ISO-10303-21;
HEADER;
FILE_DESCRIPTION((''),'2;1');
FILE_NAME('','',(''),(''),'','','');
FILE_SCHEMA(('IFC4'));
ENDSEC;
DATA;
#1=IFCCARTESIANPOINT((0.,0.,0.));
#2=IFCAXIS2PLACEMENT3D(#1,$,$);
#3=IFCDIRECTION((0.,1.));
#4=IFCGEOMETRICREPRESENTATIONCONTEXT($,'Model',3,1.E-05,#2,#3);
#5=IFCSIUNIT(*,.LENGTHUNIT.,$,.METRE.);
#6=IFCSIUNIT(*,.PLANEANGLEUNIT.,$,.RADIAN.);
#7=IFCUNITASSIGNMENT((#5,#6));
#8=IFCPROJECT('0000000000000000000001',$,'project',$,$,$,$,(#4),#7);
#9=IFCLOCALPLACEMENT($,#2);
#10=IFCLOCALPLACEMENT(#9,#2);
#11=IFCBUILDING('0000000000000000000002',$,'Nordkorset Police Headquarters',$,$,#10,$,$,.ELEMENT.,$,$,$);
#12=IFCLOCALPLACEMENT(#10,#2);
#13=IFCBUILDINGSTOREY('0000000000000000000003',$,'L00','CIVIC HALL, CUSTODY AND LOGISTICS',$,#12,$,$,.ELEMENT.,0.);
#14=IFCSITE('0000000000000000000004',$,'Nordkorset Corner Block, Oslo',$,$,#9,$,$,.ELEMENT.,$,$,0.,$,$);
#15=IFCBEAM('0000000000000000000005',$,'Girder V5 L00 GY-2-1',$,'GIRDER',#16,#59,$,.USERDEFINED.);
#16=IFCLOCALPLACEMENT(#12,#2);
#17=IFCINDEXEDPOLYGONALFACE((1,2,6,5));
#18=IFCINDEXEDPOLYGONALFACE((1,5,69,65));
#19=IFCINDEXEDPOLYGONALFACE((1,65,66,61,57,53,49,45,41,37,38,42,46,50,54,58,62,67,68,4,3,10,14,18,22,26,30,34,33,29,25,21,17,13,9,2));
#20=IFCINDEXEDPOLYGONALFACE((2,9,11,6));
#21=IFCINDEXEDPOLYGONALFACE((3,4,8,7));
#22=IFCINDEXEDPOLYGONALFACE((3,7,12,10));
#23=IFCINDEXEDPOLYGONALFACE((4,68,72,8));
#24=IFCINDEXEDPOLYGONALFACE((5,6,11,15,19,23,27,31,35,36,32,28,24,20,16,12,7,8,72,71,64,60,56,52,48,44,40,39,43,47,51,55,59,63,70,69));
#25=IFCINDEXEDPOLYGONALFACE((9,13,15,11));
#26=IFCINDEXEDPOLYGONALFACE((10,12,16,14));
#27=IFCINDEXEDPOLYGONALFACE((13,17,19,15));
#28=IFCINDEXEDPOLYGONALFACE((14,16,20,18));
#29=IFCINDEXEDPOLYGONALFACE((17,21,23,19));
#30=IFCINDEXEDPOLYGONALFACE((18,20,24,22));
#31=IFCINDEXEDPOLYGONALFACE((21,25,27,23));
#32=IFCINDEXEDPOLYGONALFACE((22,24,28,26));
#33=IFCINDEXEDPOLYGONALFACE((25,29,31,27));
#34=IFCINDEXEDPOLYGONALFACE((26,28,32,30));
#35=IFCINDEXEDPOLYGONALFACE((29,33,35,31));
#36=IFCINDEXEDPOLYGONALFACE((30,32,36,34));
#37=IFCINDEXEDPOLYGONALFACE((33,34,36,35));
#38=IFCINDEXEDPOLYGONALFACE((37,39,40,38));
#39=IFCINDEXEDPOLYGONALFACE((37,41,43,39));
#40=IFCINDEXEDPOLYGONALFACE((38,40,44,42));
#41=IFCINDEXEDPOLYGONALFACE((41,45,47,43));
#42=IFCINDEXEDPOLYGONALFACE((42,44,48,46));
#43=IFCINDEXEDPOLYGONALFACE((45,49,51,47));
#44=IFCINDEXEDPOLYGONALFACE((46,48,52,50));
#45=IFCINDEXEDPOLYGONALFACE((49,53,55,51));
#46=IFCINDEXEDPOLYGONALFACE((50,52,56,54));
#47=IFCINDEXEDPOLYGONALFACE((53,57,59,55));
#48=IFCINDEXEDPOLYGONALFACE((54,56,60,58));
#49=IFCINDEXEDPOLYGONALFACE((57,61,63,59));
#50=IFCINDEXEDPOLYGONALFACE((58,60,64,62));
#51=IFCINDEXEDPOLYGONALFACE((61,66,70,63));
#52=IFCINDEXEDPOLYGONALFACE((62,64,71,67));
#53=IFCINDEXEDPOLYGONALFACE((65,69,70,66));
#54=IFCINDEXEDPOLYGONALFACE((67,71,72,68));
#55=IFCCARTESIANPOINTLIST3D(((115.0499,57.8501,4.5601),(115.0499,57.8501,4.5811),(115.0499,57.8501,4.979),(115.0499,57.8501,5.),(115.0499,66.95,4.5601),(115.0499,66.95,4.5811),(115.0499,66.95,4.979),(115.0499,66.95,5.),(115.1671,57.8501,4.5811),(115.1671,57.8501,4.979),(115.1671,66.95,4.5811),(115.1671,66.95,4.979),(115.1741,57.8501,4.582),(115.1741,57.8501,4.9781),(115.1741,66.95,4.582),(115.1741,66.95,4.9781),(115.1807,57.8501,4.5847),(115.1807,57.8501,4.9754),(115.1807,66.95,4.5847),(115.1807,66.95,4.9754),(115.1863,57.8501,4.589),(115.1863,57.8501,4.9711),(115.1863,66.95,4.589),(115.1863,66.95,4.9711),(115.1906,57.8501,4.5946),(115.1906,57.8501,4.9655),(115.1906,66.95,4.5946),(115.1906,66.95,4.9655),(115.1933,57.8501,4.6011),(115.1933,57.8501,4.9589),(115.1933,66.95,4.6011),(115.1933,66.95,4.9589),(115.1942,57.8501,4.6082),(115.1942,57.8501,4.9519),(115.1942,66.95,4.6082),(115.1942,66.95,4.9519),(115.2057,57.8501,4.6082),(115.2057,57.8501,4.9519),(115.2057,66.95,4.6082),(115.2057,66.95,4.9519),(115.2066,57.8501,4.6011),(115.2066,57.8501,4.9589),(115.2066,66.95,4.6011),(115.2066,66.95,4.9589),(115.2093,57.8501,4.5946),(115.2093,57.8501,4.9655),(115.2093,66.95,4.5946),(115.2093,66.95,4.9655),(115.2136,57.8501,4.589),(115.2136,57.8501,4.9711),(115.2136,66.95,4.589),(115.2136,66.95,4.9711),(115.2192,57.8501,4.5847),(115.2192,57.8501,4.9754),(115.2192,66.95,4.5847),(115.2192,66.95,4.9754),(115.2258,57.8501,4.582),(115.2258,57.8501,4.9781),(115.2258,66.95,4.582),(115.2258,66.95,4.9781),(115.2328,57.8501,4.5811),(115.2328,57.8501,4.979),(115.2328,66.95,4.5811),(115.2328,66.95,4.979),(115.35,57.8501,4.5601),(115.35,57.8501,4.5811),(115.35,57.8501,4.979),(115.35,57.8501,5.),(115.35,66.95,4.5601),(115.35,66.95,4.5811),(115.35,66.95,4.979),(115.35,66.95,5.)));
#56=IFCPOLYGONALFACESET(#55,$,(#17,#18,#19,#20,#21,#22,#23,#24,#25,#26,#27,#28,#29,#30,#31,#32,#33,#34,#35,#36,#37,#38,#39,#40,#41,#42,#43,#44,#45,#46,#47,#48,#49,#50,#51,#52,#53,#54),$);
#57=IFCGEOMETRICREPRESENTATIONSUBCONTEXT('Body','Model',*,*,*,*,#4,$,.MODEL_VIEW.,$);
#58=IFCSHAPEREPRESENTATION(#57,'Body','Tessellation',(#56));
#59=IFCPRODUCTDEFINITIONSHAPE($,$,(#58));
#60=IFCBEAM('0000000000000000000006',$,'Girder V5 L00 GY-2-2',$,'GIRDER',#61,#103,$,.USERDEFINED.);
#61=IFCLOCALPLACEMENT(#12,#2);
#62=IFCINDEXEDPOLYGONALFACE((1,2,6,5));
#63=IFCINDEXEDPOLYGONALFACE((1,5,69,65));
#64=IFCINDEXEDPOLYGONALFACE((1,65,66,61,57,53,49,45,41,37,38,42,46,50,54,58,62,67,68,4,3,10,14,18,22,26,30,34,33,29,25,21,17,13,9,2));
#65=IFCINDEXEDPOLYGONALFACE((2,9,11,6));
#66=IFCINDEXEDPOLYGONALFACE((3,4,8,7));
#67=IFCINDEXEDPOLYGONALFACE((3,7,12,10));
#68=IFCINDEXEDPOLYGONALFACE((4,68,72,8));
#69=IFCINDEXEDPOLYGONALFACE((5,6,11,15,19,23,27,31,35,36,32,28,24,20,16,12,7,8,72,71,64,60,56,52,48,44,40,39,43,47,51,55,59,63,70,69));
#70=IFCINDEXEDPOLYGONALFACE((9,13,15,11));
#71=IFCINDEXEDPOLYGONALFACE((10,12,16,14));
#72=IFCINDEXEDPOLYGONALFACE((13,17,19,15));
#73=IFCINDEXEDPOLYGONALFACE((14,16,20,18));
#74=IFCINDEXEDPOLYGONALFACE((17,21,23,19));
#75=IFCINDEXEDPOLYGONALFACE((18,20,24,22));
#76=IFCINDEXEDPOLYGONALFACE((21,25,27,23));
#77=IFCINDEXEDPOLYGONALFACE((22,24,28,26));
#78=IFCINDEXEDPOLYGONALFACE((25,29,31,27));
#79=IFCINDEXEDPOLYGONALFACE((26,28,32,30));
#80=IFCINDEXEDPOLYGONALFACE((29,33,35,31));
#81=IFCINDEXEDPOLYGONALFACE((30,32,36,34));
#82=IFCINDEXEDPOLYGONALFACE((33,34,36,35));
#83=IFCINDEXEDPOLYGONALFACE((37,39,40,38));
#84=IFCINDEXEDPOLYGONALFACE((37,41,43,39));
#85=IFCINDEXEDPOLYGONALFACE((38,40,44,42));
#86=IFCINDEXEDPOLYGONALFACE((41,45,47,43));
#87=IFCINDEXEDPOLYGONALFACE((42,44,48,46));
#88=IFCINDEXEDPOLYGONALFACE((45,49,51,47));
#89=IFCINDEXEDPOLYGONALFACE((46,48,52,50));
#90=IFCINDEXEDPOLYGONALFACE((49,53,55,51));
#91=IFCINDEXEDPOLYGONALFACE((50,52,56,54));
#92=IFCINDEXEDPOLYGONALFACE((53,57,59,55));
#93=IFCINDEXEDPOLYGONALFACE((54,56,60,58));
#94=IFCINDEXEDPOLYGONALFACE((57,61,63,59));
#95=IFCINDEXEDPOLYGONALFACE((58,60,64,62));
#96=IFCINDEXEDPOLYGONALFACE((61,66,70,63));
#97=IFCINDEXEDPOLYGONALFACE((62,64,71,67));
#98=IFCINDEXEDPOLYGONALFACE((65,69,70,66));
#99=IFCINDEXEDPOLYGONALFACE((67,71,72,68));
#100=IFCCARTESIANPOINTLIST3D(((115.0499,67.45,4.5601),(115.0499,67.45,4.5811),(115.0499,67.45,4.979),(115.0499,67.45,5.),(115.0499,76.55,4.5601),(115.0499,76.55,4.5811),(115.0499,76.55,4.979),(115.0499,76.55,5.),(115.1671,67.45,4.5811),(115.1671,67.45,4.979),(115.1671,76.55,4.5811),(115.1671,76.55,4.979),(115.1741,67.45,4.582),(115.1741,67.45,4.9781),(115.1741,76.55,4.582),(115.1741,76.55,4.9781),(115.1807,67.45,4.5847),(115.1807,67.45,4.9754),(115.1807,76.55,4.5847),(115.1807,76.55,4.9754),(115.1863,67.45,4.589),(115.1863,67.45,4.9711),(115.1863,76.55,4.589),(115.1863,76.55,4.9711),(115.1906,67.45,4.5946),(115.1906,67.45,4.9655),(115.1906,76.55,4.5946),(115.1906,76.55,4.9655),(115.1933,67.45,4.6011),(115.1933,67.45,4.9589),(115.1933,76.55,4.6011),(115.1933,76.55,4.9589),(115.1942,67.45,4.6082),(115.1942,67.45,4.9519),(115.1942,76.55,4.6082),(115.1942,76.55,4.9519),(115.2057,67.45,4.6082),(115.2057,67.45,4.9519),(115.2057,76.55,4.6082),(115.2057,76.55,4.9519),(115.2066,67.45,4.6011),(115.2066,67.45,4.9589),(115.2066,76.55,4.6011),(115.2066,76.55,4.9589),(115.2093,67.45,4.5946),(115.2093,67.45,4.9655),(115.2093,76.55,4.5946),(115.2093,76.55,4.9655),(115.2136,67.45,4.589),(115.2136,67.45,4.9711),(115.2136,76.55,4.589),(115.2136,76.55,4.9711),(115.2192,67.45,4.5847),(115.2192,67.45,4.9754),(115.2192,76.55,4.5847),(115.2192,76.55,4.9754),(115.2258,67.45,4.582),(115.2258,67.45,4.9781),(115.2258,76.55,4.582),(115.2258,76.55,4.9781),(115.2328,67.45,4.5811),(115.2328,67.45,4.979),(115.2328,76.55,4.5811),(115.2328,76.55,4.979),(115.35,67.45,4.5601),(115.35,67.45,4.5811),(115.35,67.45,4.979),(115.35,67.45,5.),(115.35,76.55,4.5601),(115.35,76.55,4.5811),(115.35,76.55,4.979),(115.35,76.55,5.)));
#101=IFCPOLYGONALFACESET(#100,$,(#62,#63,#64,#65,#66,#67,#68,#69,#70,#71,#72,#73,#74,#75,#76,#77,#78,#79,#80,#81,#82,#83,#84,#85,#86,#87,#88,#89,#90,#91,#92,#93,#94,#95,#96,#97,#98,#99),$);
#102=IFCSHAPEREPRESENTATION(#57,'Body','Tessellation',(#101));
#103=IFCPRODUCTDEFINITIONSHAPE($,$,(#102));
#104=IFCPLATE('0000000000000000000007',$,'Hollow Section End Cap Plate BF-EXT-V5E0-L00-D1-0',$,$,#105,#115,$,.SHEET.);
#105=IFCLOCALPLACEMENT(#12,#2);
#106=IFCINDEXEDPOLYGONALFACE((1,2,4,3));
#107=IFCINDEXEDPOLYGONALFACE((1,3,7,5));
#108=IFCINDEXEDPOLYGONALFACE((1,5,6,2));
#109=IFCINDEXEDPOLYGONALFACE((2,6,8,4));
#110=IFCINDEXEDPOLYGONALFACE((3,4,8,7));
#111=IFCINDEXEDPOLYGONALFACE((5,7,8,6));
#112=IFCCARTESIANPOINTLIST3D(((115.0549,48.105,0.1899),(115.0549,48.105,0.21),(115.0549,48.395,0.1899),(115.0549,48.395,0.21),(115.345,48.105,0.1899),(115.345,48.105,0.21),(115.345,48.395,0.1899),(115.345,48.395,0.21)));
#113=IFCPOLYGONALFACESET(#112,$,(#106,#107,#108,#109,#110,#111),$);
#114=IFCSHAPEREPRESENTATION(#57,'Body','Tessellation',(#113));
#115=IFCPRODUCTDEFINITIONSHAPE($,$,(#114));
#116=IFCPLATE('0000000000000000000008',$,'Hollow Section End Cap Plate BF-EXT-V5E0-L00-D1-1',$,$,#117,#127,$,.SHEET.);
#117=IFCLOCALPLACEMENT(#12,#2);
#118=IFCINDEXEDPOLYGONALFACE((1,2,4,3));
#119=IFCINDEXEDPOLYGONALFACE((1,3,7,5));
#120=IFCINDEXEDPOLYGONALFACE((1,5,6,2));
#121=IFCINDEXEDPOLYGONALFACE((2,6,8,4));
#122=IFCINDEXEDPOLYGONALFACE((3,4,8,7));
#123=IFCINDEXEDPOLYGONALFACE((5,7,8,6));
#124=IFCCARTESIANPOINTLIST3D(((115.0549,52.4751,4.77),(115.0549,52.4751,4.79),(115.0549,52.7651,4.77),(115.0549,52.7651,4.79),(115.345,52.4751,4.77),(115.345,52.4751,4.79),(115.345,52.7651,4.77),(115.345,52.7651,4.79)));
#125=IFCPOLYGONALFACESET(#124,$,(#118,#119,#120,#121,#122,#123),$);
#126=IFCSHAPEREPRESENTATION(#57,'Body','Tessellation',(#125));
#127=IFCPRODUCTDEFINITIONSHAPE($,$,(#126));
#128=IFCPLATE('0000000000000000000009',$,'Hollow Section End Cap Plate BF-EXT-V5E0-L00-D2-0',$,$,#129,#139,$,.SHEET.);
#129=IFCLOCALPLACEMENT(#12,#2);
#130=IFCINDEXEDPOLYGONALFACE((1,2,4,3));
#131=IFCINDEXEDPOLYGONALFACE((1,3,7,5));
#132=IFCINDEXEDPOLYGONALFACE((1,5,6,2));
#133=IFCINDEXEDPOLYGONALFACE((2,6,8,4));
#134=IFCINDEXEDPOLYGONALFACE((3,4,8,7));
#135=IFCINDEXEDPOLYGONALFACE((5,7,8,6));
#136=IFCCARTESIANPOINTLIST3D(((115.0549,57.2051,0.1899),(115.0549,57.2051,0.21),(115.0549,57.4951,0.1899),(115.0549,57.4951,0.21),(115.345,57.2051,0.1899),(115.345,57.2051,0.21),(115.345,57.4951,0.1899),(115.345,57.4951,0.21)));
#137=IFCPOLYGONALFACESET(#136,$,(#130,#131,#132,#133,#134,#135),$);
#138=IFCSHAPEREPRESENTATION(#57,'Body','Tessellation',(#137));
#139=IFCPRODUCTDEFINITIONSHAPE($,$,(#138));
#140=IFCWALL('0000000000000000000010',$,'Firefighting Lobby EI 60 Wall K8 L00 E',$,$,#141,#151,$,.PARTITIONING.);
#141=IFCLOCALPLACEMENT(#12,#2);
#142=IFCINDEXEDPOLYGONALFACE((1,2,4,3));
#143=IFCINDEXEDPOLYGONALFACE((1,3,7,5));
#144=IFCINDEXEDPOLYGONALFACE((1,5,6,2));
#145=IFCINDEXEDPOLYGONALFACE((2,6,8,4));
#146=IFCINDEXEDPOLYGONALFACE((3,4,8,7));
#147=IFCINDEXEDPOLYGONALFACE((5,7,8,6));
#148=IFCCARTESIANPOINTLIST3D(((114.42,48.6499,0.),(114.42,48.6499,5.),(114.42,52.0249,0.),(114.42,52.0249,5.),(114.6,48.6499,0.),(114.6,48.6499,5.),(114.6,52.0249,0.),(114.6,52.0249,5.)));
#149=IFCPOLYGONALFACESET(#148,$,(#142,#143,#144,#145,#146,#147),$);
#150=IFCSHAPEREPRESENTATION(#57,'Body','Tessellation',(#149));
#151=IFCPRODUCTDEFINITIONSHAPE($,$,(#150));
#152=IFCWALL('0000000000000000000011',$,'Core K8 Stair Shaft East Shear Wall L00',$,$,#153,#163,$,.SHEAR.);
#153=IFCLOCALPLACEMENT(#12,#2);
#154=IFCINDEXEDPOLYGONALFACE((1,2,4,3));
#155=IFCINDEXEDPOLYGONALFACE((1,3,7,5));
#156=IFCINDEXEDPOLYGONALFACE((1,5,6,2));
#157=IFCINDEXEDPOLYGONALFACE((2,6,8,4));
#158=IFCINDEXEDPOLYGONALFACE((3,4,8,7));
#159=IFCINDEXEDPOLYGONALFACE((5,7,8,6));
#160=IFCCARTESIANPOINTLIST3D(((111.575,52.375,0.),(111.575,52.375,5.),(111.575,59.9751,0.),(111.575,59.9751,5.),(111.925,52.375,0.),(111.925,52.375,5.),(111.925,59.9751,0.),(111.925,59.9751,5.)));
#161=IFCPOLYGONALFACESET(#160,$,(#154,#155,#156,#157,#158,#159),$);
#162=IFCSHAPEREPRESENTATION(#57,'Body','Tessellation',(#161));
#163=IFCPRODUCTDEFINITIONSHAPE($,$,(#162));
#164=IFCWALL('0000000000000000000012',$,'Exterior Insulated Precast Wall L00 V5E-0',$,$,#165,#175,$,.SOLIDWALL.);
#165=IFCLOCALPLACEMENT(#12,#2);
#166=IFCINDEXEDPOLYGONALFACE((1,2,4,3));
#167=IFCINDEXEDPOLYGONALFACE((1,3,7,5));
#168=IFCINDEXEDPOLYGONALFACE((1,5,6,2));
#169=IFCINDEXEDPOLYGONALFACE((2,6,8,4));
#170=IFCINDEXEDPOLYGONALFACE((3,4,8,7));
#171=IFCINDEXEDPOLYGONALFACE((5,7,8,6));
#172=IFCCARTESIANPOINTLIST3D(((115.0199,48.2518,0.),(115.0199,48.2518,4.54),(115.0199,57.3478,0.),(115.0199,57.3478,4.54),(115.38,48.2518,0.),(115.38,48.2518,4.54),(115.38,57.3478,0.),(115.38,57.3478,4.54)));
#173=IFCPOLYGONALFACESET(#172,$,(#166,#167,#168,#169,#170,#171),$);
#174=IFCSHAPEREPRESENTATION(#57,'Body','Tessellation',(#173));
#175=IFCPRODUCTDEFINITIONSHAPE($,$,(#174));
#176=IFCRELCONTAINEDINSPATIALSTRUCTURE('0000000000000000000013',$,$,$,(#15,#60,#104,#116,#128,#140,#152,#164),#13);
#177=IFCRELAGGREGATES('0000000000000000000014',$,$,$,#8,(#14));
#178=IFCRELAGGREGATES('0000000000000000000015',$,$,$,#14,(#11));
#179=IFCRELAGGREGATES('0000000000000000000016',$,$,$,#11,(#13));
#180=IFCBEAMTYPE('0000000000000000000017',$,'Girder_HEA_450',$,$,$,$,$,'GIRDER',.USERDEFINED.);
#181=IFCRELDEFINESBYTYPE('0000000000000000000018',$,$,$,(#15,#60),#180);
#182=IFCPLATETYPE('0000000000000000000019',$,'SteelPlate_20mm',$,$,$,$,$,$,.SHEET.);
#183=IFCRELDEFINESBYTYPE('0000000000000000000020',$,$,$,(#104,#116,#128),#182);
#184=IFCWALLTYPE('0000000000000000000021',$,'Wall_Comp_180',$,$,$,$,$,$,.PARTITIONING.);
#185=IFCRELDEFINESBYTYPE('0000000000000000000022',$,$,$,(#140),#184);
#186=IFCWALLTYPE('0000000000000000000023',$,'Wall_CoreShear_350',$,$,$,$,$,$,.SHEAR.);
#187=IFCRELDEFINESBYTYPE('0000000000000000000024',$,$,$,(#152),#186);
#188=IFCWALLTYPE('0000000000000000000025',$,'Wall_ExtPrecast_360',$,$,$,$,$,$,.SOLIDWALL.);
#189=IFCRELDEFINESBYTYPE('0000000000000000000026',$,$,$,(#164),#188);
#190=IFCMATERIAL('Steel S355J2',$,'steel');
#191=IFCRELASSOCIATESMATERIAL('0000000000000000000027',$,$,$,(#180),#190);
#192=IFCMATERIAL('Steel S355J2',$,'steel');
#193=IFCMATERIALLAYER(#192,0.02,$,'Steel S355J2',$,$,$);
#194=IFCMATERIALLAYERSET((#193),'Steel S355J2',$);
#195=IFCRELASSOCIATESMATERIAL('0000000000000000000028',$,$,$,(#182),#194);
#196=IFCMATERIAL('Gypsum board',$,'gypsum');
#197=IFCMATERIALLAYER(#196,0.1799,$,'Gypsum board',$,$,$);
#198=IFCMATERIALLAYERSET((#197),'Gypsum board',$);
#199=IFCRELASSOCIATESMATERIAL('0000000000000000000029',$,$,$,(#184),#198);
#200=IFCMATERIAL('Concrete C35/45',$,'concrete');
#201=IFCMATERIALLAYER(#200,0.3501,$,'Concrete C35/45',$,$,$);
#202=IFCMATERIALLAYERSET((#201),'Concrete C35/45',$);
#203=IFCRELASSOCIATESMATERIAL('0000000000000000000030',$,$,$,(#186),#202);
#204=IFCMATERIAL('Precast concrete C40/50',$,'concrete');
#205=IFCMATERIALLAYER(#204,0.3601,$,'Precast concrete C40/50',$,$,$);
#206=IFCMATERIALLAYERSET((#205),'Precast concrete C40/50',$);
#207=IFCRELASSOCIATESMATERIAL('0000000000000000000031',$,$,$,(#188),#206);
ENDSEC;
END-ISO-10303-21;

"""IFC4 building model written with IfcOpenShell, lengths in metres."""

from ifc_helpers import new_model, si_unit, direction, frame, frame_2d, origin, origin_2d, place, context, subcontext, project, spatial, rectangle, i_section, extrude, material, layer, layer_set, material_profile, profile_set, type_object, element, save


model = new_model("IFC4")

# Units and contexts
model_context = context("Model", 3, precision=1e-05, world=origin(), true_north=direction((0.0, 1.0)))
body_context = subcontext(model_context, "Body", "Model", "MODEL_VIEW")
ifc_project = project(units=[si_unit("LENGTHUNIT", "METRE"), si_unit("PLANEANGLEUNIT", "RADIAN")], contexts=[model_context])

# Site, building, storey
site_placement = place(None, origin())
site = spatial("IfcSite", under=ifc_project, at=site_placement, Name="Nordkorset Corner Block, Oslo", CompositionType="ELEMENT", RefElevation=0.0)
building_placement = place(site_placement, origin())
building = spatial("IfcBuilding", under=site, at=building_placement, Name="Nordkorset Police Headquarters", CompositionType="ELEMENT")
storey_placement = place(building_placement, origin())
storey = spatial("IfcBuildingStorey", under=building, at=storey_placement, Name="L00", Description="CIVIC HALL, CUSTODY AND LOGISTICS", CompositionType="ELEMENT", Elevation=0.0)

# Beams
ifc_material_1 = material(Name="Steel S355J2", Category="steel")
ifc_material_profile_1 = material_profile(ifc_material_1, i_section(OverallWidth=0.3, OverallDepth=0.4399, WebThickness=0.0115, FlangeThickness=0.021, FilletRadius=0.0271, at=origin_2d()), Name="HEA 450")
ifc_profile_set_1 = profile_set([ifc_material_profile_1], Name="Steel S355J2")
beam_type = type_object("IfcBeamType", Name="Girder_HEA_450", ElementType="GIRDER", PredefinedType="USERDEFINED", material=ifc_profile_set_1)
beam_1_placement = place(storey_placement, frame((115.2, 57.8501, 4.78), z_axis=(0.0, 1.0, 0.0), x_axis=(-1.0, 0.0, 0.0)))
element("IfcBeam", 1, at=beam_1_placement, inside=storey, type_object=beam_type, Name="Girder V5 L00 GY-2-1", ObjectType="GIRDER", PredefinedType="USERDEFINED", context=body_context, shape_type="SweptSolid", body=[
    extrude(i_section(OverallWidth=0.3, OverallDepth=0.4399, WebThickness=0.0115, FlangeThickness=0.021, FilletRadius=0.0271, at=origin_2d()), origin(), (0.0, 0.0, 1.0), 9.0999),
])
beam_2_placement = place(storey_placement, frame((115.2, 67.45, 4.78), z_axis=(0.0, 1.0, 0.0), x_axis=(-1.0, 0.0, 0.0)))
element("IfcBeam", 2, at=beam_2_placement, inside=storey, type_object=beam_type, Name="Girder V5 L00 GY-2-2", ObjectType="GIRDER", PredefinedType="USERDEFINED", context=body_context, shape_type="SweptSolid", body=[
    extrude(i_section(OverallWidth=0.3, OverallDepth=0.4399, WebThickness=0.0115, FlangeThickness=0.021, FilletRadius=0.0271, at=origin_2d()), origin(), (0.0, 0.0, 1.0), 9.1001),
])

# Plates
ifc_material_2 = material(Name="Steel S355J2", Category="steel")
ifc_layer_1 = layer(ifc_material_2, 0.02, Name="Steel S355J2")
ifc_layer_set_1 = layer_set([ifc_layer_1], Name="Steel S355J2")
plate_type = type_object("IfcPlateType", Name="SteelPlate_20mm", PredefinedType="SHEET", material=ifc_layer_set_1)
for number, where, z_axis, x_axis, name in (
    (3, (115.2, 48.25, 0.1899), (0.0, 0.0, 1.0), (1.0, 0.0, 0.0), "Hollow Section End Cap Plate BF-EXT-V5E0-L00-D1-0"),
    (4, (115.2, 52.6201, 4.77), (0.0, 0.0, 1.0), (1.0, 0.0, 0.0), "Hollow Section End Cap Plate BF-EXT-V5E0-L00-D1-1"),
    (5, (115.2, 57.3501, 0.1899), (0.0, 0.0, 1.0), (1.0, 0.0, 0.0), "Hollow Section End Cap Plate BF-EXT-V5E0-L00-D2-0"),
):
    element("IfcPlate", number, at=place(storey_placement, frame(where, z_axis=z_axis, x_axis=x_axis)), inside=storey, type_object=plate_type, Name=name, PredefinedType="SHEET", context=body_context, shape_type="SweptSolid", body=[
        extrude(rectangle(XDim=0.29, YDim=0.29, at=origin_2d()), origin(), (0.0, 0.0, 1.0), 0.02),
    ])

# Walls
ifc_material_3 = material(Name="Gypsum board", Category="gypsum")
ifc_layer_2 = layer(ifc_material_3, 0.1799, Name="Gypsum board")
ifc_layer_set_2 = layer_set([ifc_layer_2], Name="Gypsum board")
wall_type_1 = type_object("IfcWallType", Name="Wall_Comp_180", PredefinedType="PARTITIONING", material=ifc_layer_set_2)
wall_1_placement = place(storey_placement, frame((114.51, 48.6499, 0.0), z_axis=(0.0, 0.0, 1.0), x_axis=(0.0, 1.0, 0.0)))
element("IfcWall", 6, at=wall_1_placement, inside=storey, type_object=wall_type_1, Name="Firefighting Lobby EI 60 Wall K8 L00 E", PredefinedType="PARTITIONING", context=body_context, shape_type="SweptSolid", body=[
    extrude(rectangle(XDim=3.375, YDim=0.1799, at=frame_2d((1.6875, 0.0))), origin(), (0.0, 0.0, 1.0), 5.0),
])
ifc_material_4 = material(Name="Concrete C35/45", Category="concrete")
ifc_layer_3 = layer(ifc_material_4, 0.3501, Name="Concrete C35/45")
ifc_layer_set_3 = layer_set([ifc_layer_3], Name="Concrete C35/45")
wall_type_2 = type_object("IfcWallType", Name="Wall_CoreShear_350", PredefinedType="SHEAR", material=ifc_layer_set_3)
wall_2_placement = place(storey_placement, frame((111.75, 52.375, 0.0), z_axis=(0.0, 0.0, 1.0), x_axis=(0.0, 1.0, 0.0)))
element("IfcWall", 7, at=wall_2_placement, inside=storey, type_object=wall_type_2, Name="Core K8 Stair Shaft East Shear Wall L00", PredefinedType="SHEAR", context=body_context, shape_type="SweptSolid", body=[
    extrude(rectangle(XDim=7.6001, YDim=0.3501, at=frame_2d((3.8, 0.0))), origin(), (0.0, 0.0, 1.0), 5.0),
])
ifc_material_5 = material(Name="Precast concrete C40/50", Category="concrete")
ifc_layer_4 = layer(ifc_material_5, 0.3601, Name="Precast concrete C40/50")
ifc_layer_set_4 = layer_set([ifc_layer_4], Name="Precast concrete C40/50")
wall_type_3 = type_object("IfcWallType", Name="Wall_ExtPrecast_360", PredefinedType="SOLIDWALL", material=ifc_layer_set_4)
wall_3_placement = place(storey_placement, frame((115.2, 48.252, 0.0), z_axis=(0.0, 0.0, 1.0), x_axis=(0.0, 1.0, 0.0)))
element("IfcWall", 8, at=wall_3_placement, inside=storey, type_object=wall_type_3, Name="Exterior Insulated Precast Wall L00 V5E-0", PredefinedType="SOLIDWALL", context=body_context, shape_type="SweptSolid", body=[
    extrude(rectangle(XDim=9.0959, YDim=0.3601, at=frame_2d((4.5479, 0.0))), origin(), (0.0, 0.0, 1.0), 4.54),
])

save(model, "model.ifc")
